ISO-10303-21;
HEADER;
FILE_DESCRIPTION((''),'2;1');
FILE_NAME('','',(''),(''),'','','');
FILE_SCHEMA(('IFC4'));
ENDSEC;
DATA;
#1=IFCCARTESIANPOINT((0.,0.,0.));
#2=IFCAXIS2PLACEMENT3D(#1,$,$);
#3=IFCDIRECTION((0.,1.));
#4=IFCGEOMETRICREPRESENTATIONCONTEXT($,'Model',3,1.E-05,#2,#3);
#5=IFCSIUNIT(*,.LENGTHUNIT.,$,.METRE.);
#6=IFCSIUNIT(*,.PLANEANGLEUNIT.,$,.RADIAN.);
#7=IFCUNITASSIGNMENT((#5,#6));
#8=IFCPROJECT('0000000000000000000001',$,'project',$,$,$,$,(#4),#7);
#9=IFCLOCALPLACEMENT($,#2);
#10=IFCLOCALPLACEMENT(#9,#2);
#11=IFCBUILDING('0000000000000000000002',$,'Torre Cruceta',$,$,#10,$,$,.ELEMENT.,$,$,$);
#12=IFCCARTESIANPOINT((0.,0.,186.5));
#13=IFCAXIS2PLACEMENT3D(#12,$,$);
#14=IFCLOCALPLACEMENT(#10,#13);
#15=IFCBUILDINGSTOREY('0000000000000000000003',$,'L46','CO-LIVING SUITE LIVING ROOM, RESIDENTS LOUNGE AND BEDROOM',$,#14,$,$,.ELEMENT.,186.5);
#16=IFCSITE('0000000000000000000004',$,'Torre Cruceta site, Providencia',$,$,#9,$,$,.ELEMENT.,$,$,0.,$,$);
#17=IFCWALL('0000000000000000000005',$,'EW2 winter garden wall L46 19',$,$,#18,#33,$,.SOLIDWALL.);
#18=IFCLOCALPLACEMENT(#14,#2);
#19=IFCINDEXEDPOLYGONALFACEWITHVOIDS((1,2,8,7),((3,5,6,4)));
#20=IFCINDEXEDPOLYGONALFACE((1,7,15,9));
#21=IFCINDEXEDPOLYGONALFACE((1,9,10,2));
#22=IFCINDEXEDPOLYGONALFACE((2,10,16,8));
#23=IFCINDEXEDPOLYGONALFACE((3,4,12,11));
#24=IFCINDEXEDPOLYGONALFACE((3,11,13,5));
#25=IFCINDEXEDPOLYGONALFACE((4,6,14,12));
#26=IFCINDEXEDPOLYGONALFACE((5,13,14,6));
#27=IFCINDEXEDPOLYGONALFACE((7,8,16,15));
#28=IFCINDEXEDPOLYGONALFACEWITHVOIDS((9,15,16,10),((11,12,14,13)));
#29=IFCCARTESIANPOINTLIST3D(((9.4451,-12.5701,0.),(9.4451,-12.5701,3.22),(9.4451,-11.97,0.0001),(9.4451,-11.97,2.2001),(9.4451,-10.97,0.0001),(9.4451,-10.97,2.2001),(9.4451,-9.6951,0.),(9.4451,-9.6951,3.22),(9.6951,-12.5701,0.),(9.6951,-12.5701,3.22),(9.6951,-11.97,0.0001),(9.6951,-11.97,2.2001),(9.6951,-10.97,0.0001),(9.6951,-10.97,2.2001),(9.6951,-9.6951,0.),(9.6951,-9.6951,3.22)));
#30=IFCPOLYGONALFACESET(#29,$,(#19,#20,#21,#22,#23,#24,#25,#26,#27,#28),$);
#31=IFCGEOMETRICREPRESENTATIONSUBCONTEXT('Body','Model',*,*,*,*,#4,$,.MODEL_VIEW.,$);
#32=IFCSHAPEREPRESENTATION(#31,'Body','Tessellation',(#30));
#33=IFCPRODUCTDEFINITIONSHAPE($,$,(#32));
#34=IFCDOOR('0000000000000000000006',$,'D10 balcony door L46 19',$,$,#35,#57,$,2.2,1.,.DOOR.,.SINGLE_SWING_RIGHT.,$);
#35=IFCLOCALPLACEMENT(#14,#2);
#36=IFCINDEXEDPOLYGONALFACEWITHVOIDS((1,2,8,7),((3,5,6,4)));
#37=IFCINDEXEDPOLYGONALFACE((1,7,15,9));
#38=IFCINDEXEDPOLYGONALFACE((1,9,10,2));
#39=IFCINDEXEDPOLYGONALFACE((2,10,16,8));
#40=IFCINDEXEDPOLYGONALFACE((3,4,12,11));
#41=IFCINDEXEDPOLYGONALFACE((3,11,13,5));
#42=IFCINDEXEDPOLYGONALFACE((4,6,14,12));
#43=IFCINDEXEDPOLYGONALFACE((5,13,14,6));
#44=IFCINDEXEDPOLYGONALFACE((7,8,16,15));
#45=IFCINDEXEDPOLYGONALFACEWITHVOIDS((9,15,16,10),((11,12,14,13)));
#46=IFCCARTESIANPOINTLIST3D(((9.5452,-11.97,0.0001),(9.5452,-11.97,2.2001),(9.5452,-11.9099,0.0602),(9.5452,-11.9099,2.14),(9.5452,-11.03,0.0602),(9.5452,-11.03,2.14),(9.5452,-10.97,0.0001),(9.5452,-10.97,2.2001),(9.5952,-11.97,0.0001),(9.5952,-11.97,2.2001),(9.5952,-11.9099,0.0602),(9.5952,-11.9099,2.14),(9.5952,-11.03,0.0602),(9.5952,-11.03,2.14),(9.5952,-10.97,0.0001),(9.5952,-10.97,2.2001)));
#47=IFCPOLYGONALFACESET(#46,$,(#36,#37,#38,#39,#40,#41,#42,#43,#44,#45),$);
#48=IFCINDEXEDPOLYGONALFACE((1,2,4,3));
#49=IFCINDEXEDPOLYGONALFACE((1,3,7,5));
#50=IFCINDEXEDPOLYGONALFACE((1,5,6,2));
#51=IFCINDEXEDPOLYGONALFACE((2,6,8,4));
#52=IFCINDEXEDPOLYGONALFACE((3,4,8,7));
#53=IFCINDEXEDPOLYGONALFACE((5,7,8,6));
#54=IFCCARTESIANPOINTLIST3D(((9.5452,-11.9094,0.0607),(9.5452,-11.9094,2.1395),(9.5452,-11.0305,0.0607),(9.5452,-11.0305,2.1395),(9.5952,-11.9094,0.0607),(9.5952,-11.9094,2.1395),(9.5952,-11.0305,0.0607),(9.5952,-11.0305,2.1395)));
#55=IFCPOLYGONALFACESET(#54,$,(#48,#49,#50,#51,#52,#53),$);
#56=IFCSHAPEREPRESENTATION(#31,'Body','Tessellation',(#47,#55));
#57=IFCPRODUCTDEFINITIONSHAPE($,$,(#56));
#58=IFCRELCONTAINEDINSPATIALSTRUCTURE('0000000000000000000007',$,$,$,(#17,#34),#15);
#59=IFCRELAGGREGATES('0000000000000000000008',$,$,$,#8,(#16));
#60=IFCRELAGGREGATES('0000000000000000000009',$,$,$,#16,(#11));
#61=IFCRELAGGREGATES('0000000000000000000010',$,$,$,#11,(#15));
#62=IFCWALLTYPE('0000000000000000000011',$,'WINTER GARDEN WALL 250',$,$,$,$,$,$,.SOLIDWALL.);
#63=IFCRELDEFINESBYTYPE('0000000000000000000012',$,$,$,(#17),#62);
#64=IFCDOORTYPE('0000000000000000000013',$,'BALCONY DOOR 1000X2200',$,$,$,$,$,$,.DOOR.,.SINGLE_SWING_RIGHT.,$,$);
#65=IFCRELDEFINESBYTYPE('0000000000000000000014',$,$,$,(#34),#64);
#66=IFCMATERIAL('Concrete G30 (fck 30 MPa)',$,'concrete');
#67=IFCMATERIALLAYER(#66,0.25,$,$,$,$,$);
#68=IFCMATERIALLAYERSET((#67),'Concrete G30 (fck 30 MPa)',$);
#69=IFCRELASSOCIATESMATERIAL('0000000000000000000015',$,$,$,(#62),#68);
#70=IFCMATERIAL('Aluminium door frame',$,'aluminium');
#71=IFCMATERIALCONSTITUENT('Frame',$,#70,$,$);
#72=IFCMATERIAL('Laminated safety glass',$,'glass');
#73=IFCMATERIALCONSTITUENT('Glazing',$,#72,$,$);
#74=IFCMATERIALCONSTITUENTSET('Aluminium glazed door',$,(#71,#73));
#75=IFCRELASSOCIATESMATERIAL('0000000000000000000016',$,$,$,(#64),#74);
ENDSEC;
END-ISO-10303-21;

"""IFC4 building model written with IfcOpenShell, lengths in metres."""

from ifc_helpers import new_model, si_unit, direction, frame, frame_2d, origin, place, context, subcontext, project, spatial, rectangle, hollow_rectangle, extrude, material, layer, layer_set, constituent, constituent_set, type_object, element, fill, save


model = new_model("IFC4")

# Units and contexts
model_context = context("Model", 3, precision=1e-05, world=origin(), true_north=direction((0.0, 1.0)))
body_context = subcontext(model_context, "Body", "Model", "MODEL_VIEW")
ifc_project = project(units=[si_unit("LENGTHUNIT", "METRE"), si_unit("PLANEANGLEUNIT", "RADIAN")], contexts=[model_context])

# Site, building, storey
site_placement = place(None, origin())
site = spatial("IfcSite", under=ifc_project, at=site_placement, Name="Torre Cruceta site, Providencia", CompositionType="ELEMENT", RefElevation=0.0)
building_placement = place(site_placement, origin())
building = spatial("IfcBuilding", under=site, at=building_placement, Name="Torre Cruceta", CompositionType="ELEMENT")
storey_placement = place(building_placement, frame((0.0, 0.0, 186.5)))
storey = spatial("IfcBuildingStorey", under=building, at=storey_placement, Name="L46", Description="CO-LIVING SUITE LIVING ROOM, RESIDENTS LOUNGE AND BEDROOM", CompositionType="ELEMENT", Elevation=186.5)

# Wall, opening, door
ifc_material_1 = material(Name="Concrete G30 (fck 30 MPa)", Category="concrete")
ifc_layer_1 = layer(ifc_material_1, 0.25)
ifc_layer_set_1 = layer_set([ifc_layer_1], Name="Concrete G30 (fck 30 MPa)")
wall_type_1 = type_object("IfcWallType", Name="WINTER GARDEN WALL 250", PredefinedType="SOLIDWALL", material=ifc_layer_set_1)
ifc_material_2 = material(Name="Aluminium door frame", Category="aluminium")
ifc_constituent_1 = constituent(ifc_material_2, Name="Frame")
ifc_material_3 = material(Name="Laminated safety glass", Category="glass")
ifc_constituent_2 = constituent(ifc_material_3, Name="Glazing")
ifc_constituent_set_1 = constituent_set(constituents=[ifc_constituent_1, ifc_constituent_2], Name="Aluminium glazed door")
door_type_1 = type_object("IfcDoorType", Name="BALCONY DOOR 1000X2200", OperationType="SINGLE_SWING_RIGHT", PredefinedType="DOOR", material=ifc_constituent_set_1)
wall_1_placement = place(storey_placement, frame((9.5701, -12.5701, 0.0), z_axis=(0.0, 0.0, 1.0), x_axis=(0.0, 1.0, 0.0)))
wall_1 = element("IfcWall", 1, at=wall_1_placement, inside=storey, type_object=wall_type_1, Name="EW2 winter garden wall L46 19", PredefinedType="SOLIDWALL", context=body_context, shape_type="SweptSolid", body=[
    extrude(rectangle(XDim=2.875, YDim=0.25, at=frame_2d((1.4375, 0.0))), origin(), (0.0, 0.0, 1.0), 3.22),
])
opening_1_placement = place(wall_1_placement, frame((0.6001, 0.0, 0.0)))
opening_1 = element("IfcOpeningElement", 2, at=opening_1_placement, cuts=wall_1, PredefinedType="OPENING", context=body_context, shape_type="SweptSolid", body=[
    extrude(rectangle(XDim=1.0, YDim=2.2, at=frame_2d((0.5, 1.1001))), frame((0.0, 0.135, 0.0), z_axis=(0.0, -1.0, 0.0), x_axis=(1.0, 0.0, 0.0)), (0.0, 0.0, 1.0), 0.27),
])
door_1_placement = place(opening_1_placement, origin())
door_1 = element("IfcDoor", 3, at=door_1_placement, inside=storey, type_object=door_type_1, Name="D10 balcony door L46 19", OperationType="SINGLE_SWING_RIGHT", OverallHeight=2.2, OverallWidth=1.0, PredefinedType="DOOR", context=body_context, shape_type="SweptSolid", body=[
    extrude(hollow_rectangle(XDim=1.0, YDim=2.2, WallThickness=0.0601, at=frame_2d((0.5, 1.1001))), frame((0.0, 0.0249, 0.0), z_axis=(0.0, -1.0, 0.0), x_axis=(1.0, 0.0, 0.0)), (0.0, 0.0, 1.0), 0.05),
    extrude(rectangle(XDim=0.8789, YDim=2.0789, at=frame_2d((0.5, 1.1001))), frame((0.0, 0.0249, 0.0), z_axis=(0.0, -1.0, 0.0), x_axis=(1.0, 0.0, 0.0)), (0.0, 0.0, 1.0), 0.05),
])
fill(opening_1, door_1)

save(model, "model.ifc")
